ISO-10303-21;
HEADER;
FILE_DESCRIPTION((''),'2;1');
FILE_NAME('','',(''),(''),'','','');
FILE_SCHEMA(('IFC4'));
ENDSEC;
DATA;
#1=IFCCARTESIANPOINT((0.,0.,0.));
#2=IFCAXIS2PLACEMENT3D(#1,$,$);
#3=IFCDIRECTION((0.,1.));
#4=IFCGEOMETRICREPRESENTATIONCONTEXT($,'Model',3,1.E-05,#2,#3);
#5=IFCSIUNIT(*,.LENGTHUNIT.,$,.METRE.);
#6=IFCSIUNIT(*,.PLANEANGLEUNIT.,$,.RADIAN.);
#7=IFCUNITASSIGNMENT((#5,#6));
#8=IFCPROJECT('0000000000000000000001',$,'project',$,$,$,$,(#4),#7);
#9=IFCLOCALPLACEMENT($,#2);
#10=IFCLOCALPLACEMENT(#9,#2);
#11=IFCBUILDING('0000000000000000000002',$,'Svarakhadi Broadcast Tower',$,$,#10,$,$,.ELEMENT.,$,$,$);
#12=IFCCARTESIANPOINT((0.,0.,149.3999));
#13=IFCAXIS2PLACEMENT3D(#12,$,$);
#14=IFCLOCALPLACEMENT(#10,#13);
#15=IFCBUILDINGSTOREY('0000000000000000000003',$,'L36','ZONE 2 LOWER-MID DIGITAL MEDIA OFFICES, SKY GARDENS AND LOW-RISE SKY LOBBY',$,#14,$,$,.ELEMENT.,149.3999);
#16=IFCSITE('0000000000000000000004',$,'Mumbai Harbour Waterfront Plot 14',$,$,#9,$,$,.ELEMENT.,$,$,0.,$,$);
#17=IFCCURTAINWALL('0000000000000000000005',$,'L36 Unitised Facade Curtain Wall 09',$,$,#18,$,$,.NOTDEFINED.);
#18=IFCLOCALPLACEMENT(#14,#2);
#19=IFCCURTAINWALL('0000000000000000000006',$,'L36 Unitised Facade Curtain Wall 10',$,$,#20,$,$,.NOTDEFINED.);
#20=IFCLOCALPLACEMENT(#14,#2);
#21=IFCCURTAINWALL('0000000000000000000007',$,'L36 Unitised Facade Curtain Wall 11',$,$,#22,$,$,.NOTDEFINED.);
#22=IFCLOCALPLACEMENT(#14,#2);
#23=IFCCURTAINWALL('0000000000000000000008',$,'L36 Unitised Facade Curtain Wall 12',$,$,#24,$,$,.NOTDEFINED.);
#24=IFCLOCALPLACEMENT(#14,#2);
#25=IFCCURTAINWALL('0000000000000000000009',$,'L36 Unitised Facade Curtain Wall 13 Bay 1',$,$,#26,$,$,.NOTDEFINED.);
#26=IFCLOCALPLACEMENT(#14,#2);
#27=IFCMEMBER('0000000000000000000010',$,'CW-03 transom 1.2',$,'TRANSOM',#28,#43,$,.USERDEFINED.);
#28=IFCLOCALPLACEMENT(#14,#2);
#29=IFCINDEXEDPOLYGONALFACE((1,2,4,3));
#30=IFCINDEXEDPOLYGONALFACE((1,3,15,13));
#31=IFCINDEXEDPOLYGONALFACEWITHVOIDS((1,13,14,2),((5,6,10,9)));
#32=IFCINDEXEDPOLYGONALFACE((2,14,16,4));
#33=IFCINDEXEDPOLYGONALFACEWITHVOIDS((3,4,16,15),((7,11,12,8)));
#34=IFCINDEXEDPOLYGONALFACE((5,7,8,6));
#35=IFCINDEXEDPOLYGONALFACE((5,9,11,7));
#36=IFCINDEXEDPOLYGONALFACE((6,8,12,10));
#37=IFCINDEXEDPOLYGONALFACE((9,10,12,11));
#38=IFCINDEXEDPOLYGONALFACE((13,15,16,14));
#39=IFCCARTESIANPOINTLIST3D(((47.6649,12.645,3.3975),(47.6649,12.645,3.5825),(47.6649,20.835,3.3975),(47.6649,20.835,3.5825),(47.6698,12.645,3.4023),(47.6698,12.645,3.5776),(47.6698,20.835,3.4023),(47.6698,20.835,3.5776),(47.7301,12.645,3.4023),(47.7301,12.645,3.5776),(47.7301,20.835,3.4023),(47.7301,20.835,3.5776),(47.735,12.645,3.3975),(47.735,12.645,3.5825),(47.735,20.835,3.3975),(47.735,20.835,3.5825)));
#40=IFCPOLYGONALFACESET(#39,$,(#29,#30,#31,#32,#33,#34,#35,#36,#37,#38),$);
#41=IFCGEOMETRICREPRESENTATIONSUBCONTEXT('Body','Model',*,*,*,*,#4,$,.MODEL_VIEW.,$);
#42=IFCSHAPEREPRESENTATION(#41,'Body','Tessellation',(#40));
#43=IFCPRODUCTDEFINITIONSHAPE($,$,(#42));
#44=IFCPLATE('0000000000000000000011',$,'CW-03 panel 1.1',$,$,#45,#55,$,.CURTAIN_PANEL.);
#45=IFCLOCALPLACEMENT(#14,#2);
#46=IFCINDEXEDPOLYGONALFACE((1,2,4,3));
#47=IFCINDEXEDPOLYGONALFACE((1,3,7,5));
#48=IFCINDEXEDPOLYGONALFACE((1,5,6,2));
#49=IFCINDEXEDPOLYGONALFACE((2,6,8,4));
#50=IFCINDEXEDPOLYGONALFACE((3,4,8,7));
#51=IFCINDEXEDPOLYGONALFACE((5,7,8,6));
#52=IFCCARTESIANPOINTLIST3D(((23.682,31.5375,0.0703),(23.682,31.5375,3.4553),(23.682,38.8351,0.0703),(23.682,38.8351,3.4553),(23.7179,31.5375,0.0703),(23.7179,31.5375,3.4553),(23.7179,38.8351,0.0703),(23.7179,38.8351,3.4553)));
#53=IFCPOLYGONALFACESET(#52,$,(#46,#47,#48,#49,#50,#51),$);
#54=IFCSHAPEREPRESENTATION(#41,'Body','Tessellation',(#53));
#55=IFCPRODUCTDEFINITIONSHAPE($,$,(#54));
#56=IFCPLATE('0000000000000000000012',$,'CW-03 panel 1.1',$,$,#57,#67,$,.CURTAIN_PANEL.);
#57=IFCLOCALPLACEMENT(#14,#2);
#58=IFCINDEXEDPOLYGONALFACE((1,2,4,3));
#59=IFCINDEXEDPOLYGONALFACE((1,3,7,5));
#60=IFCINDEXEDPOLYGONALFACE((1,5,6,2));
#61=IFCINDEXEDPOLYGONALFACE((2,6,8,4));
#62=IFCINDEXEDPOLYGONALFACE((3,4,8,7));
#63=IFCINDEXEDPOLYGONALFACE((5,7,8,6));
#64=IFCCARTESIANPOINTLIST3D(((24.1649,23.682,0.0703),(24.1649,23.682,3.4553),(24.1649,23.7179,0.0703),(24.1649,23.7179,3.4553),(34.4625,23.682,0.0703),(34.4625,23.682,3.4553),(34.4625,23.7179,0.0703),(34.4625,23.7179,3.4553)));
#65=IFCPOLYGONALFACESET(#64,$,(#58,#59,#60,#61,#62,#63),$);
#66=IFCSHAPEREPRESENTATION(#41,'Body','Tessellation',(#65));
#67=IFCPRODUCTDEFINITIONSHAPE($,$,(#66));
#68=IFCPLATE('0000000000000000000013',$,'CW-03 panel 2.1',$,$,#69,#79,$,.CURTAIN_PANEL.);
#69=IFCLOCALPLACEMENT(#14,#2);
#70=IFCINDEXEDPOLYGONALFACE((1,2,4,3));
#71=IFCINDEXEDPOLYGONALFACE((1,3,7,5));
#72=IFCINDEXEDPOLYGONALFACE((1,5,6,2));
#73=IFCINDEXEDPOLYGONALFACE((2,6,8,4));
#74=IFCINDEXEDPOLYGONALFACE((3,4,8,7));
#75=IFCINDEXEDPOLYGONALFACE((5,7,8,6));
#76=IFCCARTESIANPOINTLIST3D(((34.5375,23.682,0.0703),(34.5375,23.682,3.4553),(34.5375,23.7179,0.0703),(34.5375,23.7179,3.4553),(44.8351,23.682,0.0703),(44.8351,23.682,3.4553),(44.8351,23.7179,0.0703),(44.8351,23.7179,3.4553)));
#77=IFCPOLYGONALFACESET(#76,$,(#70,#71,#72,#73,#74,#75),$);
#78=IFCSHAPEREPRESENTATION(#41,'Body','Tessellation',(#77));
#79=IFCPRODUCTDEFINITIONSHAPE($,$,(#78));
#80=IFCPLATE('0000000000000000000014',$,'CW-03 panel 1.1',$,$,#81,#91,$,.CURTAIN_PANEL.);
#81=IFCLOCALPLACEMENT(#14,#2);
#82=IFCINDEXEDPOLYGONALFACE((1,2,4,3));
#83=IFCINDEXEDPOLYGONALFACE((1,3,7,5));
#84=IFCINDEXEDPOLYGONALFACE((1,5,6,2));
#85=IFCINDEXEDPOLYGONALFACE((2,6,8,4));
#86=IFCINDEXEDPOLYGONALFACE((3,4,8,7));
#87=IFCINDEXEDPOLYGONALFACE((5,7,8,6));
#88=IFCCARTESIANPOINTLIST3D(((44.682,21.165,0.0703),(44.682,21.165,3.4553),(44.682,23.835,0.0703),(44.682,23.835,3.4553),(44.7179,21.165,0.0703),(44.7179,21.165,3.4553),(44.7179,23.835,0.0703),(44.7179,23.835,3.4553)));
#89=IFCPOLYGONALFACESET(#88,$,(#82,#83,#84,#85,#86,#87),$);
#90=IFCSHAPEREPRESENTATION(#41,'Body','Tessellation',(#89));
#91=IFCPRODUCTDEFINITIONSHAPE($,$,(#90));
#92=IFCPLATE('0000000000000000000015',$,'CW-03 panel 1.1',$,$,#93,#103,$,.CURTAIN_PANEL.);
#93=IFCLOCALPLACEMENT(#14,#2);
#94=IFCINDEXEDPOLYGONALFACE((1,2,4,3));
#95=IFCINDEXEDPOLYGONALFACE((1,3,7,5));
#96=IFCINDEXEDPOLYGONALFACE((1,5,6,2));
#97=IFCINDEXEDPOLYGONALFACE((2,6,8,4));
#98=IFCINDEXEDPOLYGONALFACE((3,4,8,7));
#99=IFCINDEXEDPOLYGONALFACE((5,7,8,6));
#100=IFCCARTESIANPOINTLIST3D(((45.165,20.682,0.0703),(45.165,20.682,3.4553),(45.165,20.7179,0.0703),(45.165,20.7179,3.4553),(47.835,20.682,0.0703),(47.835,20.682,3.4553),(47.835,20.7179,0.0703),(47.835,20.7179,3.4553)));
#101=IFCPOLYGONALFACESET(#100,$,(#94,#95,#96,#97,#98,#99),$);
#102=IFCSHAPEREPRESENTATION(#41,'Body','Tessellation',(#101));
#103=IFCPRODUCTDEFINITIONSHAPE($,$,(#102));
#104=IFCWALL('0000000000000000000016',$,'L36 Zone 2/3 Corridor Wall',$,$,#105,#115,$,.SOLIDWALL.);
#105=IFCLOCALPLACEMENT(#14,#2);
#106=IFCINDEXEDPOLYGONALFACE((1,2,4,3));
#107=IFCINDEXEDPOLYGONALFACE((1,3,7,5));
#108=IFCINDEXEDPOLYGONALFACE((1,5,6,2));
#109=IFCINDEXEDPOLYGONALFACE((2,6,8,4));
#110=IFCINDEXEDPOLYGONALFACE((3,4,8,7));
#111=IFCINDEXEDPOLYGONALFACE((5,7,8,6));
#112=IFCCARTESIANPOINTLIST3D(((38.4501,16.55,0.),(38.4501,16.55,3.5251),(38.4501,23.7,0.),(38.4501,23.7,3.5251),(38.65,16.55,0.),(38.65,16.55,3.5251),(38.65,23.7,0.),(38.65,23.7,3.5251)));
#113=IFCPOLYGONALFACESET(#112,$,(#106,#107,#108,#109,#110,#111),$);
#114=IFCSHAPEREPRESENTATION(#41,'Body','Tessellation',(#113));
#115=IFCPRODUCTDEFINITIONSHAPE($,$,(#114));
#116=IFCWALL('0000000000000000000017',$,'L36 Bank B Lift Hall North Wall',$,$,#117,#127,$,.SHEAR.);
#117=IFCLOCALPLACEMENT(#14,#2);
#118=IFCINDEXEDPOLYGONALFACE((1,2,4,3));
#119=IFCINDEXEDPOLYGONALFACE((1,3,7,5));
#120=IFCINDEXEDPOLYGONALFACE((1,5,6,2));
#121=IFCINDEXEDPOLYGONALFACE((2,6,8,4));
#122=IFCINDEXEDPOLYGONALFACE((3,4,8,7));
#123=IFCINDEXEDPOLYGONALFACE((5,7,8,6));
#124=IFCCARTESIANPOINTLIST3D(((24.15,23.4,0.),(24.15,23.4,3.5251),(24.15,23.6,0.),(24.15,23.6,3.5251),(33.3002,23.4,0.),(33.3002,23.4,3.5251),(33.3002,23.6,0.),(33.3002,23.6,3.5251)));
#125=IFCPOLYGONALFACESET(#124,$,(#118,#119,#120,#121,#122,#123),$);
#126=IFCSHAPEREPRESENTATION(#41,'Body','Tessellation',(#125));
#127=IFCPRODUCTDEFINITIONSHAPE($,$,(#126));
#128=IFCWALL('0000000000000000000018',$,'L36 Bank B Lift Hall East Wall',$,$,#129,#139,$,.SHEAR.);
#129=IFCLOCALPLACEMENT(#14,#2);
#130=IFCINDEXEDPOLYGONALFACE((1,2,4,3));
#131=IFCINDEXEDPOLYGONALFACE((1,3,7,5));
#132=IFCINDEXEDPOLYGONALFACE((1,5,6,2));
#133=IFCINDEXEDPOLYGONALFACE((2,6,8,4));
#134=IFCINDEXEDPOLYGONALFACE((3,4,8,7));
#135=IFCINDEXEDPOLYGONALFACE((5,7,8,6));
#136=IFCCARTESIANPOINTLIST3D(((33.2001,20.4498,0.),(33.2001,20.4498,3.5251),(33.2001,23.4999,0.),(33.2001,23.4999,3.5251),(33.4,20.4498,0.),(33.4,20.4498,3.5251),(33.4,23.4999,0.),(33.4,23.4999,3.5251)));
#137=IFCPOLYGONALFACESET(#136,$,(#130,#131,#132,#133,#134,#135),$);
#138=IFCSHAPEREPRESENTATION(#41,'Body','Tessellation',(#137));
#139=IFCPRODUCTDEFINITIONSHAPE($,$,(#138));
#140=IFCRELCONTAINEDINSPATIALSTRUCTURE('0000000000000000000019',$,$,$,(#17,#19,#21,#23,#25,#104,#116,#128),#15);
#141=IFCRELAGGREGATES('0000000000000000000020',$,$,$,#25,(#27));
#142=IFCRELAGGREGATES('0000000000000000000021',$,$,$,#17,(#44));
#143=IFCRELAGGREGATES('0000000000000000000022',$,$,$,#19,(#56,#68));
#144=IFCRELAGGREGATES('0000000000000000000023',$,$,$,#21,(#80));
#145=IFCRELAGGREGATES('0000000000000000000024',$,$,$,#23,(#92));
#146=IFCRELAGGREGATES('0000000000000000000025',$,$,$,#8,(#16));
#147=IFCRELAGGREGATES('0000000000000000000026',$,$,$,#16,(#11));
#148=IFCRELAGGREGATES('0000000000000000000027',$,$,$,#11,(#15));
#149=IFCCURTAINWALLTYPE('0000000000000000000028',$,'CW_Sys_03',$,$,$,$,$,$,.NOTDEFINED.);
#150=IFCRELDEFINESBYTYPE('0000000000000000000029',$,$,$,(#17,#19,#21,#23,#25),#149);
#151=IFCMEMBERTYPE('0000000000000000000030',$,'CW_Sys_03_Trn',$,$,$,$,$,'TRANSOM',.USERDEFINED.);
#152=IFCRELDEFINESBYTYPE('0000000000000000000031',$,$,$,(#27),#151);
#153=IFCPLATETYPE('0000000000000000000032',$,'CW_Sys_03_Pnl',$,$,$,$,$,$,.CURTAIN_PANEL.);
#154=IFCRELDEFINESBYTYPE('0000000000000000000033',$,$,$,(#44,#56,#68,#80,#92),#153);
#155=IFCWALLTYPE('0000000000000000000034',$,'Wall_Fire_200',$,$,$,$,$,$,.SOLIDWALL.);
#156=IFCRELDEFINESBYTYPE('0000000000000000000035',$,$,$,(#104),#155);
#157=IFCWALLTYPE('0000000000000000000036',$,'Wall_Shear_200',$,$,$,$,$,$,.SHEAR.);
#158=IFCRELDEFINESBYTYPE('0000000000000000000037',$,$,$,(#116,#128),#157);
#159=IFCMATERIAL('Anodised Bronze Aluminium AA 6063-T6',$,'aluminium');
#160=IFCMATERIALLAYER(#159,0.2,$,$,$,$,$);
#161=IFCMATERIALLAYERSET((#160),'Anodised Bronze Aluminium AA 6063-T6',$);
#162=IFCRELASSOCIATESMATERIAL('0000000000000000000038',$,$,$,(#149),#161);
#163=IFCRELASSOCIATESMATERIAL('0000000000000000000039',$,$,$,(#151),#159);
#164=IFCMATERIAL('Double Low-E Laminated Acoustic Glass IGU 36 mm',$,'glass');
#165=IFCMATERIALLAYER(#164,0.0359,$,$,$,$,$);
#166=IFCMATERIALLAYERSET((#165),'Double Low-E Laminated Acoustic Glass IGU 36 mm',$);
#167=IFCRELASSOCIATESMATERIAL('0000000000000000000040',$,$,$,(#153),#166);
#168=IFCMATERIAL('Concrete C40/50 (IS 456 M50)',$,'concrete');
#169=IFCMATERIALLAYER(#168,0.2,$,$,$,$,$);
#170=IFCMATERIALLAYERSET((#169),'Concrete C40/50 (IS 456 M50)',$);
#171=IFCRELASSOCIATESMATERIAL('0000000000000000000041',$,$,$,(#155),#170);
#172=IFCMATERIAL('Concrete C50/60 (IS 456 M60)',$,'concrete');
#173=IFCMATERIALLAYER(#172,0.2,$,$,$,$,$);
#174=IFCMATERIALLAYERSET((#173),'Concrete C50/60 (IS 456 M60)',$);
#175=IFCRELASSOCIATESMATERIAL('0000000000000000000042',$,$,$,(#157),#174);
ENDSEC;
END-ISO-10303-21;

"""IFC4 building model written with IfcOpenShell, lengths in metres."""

from ifc_helpers import new_model, si_unit, direction, frame, frame_2d, origin, origin_2d, place, context, subcontext, project, spatial, rectangle, hollow_rectangle, extrude, material, layer, layer_set, material_profile, profile_set, type_object, element, aggregate, save


model = new_model("IFC4")

# Units and contexts
model_context = context("Model", 3, precision=1e-05, world=origin(), true_north=direction((0.0, 1.0)))
body_context = subcontext(model_context, "Body", "Model", "MODEL_VIEW")
ifc_project = project(units=[si_unit("LENGTHUNIT", "METRE"), si_unit("PLANEANGLEUNIT", "RADIAN")], contexts=[model_context])

# Site, building, storey
site_placement = place(None, origin())
site = spatial("IfcSite", under=ifc_project, at=site_placement, Name="Mumbai Harbour Waterfront Plot 14", CompositionType="ELEMENT", RefElevation=0.0)
building_placement = place(site_placement, origin())
building = spatial("IfcBuilding", under=site, at=building_placement, Name="Svarakhadi Broadcast Tower", CompositionType="ELEMENT")
storey_placement = place(building_placement, frame((0.0, 0.0, 149.3999)))
storey = spatial("IfcBuildingStorey", under=building, at=storey_placement, Name="L36", Description="ZONE 2 LOWER-MID DIGITAL MEDIA OFFICES, SKY GARDENS AND LOW-RISE SKY LOBBY", CompositionType="ELEMENT", Elevation=149.3999)

# Shared definitions
ifc_material_1 = material(Name="Anodised Bronze Aluminium AA 6063-T6", Category="aluminium")
ifc_layer_1 = layer(ifc_material_1, 0.2)
ifc_layer_set_1 = layer_set([ifc_layer_1], Name="Anodised Bronze Aluminium AA 6063-T6")
curtain_wall_type = type_object("IfcCurtainWallType", Name="CW_Sys_03", PredefinedType="NOTDEFINED", material=ifc_layer_set_1)

# Curtain walls
curtain_wall_1_placement = place(storey_placement, origin())
curtain_wall_1 = element("IfcCurtainWall", 1, at=curtain_wall_1_placement, inside=storey, type_object=curtain_wall_type, Name="L36 Unitised Facade Curtain Wall 09", PredefinedType="NOTDEFINED")
curtain_wall_2_placement = place(storey_placement, origin())
curtain_wall_2 = element("IfcCurtainWall", 2, at=curtain_wall_2_placement, inside=storey, type_object=curtain_wall_type, Name="L36 Unitised Facade Curtain Wall 10", PredefinedType="NOTDEFINED")
curtain_wall_3_placement = place(storey_placement, origin())
curtain_wall_3 = element("IfcCurtainWall", 3, at=curtain_wall_3_placement, inside=storey, type_object=curtain_wall_type, Name="L36 Unitised Facade Curtain Wall 11", PredefinedType="NOTDEFINED")
curtain_wall_4_placement = place(storey_placement, origin())
curtain_wall_4 = element("IfcCurtainWall", 4, at=curtain_wall_4_placement, inside=storey, type_object=curtain_wall_type, Name="L36 Unitised Facade Curtain Wall 12", PredefinedType="NOTDEFINED")

# Curtain wall
curtain_wall_5_placement = place(storey_placement, origin())
curtain_wall_5 = element("IfcCurtainWall", 5, at=curtain_wall_5_placement, inside=storey, type_object=curtain_wall_type, Name="L36 Unitised Facade Curtain Wall 13 Bay 1", PredefinedType="NOTDEFINED")

# Member
ifc_material_profile_1 = material_profile(ifc_material_1, hollow_rectangle(XDim=0.0701, YDim=0.1851, WallThickness=0.0049, at=origin_2d()), Name="ALU TRANSOM 185x70x5")
ifc_profile_set_1 = profile_set([ifc_material_profile_1], Name="Anodised Bronze Aluminium AA 6063-T6")
member_type_1 = type_object("IfcMemberType", Name="CW_Sys_03_Trn", ElementType="TRANSOM", PredefinedType="USERDEFINED", material=ifc_profile_set_1)
member_1_placement = place(storey_placement, frame((47.7, 20.835, 3.49), z_axis=(0.0, -1.0, 0.0), x_axis=(1.0, 0.0, 0.0)))
member_1 = element("IfcMember", 6, at=member_1_placement, type_object=member_type_1, Name="CW-03 transom 1.2", ObjectType="TRANSOM", PredefinedType="USERDEFINED", context=body_context, shape_type="SweptSolid", body=[
    extrude(hollow_rectangle(XDim=0.0701, YDim=0.1851, WallThickness=0.0049, at=origin_2d()), origin(), (0.0, 0.0, 1.0), 8.1899),
])
aggregate(curtain_wall_5, [member_1])

# Plates
ifc_material_2 = material(Name="Double Low-E Laminated Acoustic Glass IGU 36 mm", Category="glass")
ifc_layer_2 = layer(ifc_material_2, 0.0359)
ifc_layer_set_2 = layer_set([ifc_layer_2], Name="Double Low-E Laminated Acoustic Glass IGU 36 mm")
plate_type = type_object("IfcPlateType", Name="CW_Sys_03_Pnl", PredefinedType="CURTAIN_PANEL", material=ifc_layer_set_2)
plate_1_placement = place(storey_placement, frame((23.7, 35.1863, 0.0703), z_axis=(0.0, 0.0, 1.0), x_axis=(0.0, -1.0, 0.0)))
plate_1 = element("IfcPlate", 7, at=plate_1_placement, type_object=plate_type, Name="CW-03 panel 1.1", PredefinedType="CURTAIN_PANEL", context=body_context, shape_type="SweptSolid", body=[
    extrude(rectangle(XDim=7.2976, YDim=0.0359, at=origin_2d()), origin(), (0.0, 0.0, 1.0), 3.385),
])
aggregate(curtain_wall_1, [plate_1])
plate_2_placement = place(storey_placement, frame((29.3137, 23.7, 0.0703), z_axis=(0.0, 0.0, 1.0), x_axis=(1.0, 0.0, 0.0)))
plate_2 = element("IfcPlate", 8, at=plate_2_placement, type_object=plate_type, Name="CW-03 panel 1.1", PredefinedType="CURTAIN_PANEL", context=body_context, shape_type="SweptSolid", body=[
    extrude(rectangle(XDim=10.2976, YDim=0.0359, at=origin_2d()), origin(), (0.0, 0.0, 1.0), 3.385),
])
plate_3_placement = place(storey_placement, frame((39.6863, 23.7, 0.0703), z_axis=(0.0, 0.0, 1.0), x_axis=(1.0, 0.0, 0.0)))
plate_3 = element("IfcPlate", 9, at=plate_3_placement, type_object=plate_type, Name="CW-03 panel 2.1", PredefinedType="CURTAIN_PANEL", context=body_context, shape_type="SweptSolid", body=[
    extrude(rectangle(XDim=10.2976, YDim=0.0359, at=origin_2d()), origin(), (0.0, 0.0, 1.0), 3.385),
])
aggregate(curtain_wall_2, [plate_2, plate_3])
plate_4_placement = place(storey_placement, frame((44.7, 22.5, 0.0703), z_axis=(0.0, 0.0, 1.0), x_axis=(0.0, -1.0, 0.0)))
plate_4 = element("IfcPlate", 10, at=plate_4_placement, type_object=plate_type, Name="CW-03 panel 1.1", PredefinedType="CURTAIN_PANEL", context=body_context, shape_type="SweptSolid", body=[
    extrude(rectangle(XDim=2.6699, YDim=0.0359, at=origin_2d()), origin(), (0.0, 0.0, 1.0), 3.385),
])
aggregate(curtain_wall_3, [plate_4])
plate_5_placement = place(storey_placement, frame((46.5, 20.7, 0.0703), z_axis=(0.0, 0.0, 1.0), x_axis=(1.0, 0.0, 0.0)))
plate_5 = element("IfcPlate", 11, at=plate_5_placement, type_object=plate_type, Name="CW-03 panel 1.1", PredefinedType="CURTAIN_PANEL", context=body_context, shape_type="SweptSolid", body=[
    extrude(rectangle(XDim=2.6699, YDim=0.0359, at=origin_2d()), origin(), (0.0, 0.0, 1.0), 3.385),
])
aggregate(curtain_wall_4, [plate_5])

# Walls
ifc_material_3 = material(Name="Concrete C40/50 (IS 456 M50)", Category="concrete")
ifc_layer_3 = layer(ifc_material_3, 0.2)
ifc_layer_set_3 = layer_set([ifc_layer_3], Name="Concrete C40/50 (IS 456 M50)")
wall_type_1 = type_object("IfcWallType", Name="Wall_Fire_200", PredefinedType="SOLIDWALL", material=ifc_layer_set_3)
wall_1_placement = place(storey_placement, frame((38.55, 23.7, 0.0), z_axis=(0.0, 0.0, 1.0), x_axis=(0.0, -1.0, 0.0)))
element("IfcWall", 12, at=wall_1_placement, inside=storey, type_object=wall_type_1, Name="L36 Zone 2/3 Corridor Wall", PredefinedType="SOLIDWALL", context=body_context, shape_type="SweptSolid", body=[
    extrude(rectangle(XDim=7.1499, YDim=0.2, at=frame_2d((3.575, 0.0))), origin(), (0.0, 0.0, 1.0), 3.5251),
])
ifc_material_4 = material(Name="Concrete C50/60 (IS 456 M60)", Category="concrete")
ifc_layer_4 = layer(ifc_material_4, 0.2)
ifc_layer_set_4 = layer_set([ifc_layer_4], Name="Concrete C50/60 (IS 456 M60)")
wall_type_2 = type_object("IfcWallType", Name="Wall_Shear_200", PredefinedType="SHEAR", material=ifc_layer_set_4)
wall_2_placement = place(storey_placement, frame((24.1499, 23.5, 0.0), z_axis=(0.0, 0.0, 1.0), x_axis=(1.0, 0.0, 0.0)))
element("IfcWall", 13, at=wall_2_placement, inside=storey, type_object=wall_type_2, Name="L36 Bank B Lift Hall North Wall", PredefinedType="SHEAR", context=body_context, shape_type="SweptSolid", body=[
    extrude(rectangle(XDim=9.1501, YDim=0.2, at=frame_2d((4.5752, 0.0))), origin(), (0.0, 0.0, 1.0), 3.5251),
])
wall_3_placement = place(storey_placement, frame((33.3, 20.45, 0.0), z_axis=(0.0, 0.0, 1.0), x_axis=(0.0, 1.0, 0.0)))
element("IfcWall", 14, at=wall_3_placement, inside=storey, type_object=wall_type_2, Name="L36 Bank B Lift Hall East Wall", PredefinedType="SHEAR", context=body_context, shape_type="SweptSolid", body=[
    extrude(rectangle(XDim=3.05, YDim=0.2, at=frame_2d((1.5249, 0.0))), origin(), (0.0, 0.0, 1.0), 3.5251),
])

save(model, "model.ifc")
